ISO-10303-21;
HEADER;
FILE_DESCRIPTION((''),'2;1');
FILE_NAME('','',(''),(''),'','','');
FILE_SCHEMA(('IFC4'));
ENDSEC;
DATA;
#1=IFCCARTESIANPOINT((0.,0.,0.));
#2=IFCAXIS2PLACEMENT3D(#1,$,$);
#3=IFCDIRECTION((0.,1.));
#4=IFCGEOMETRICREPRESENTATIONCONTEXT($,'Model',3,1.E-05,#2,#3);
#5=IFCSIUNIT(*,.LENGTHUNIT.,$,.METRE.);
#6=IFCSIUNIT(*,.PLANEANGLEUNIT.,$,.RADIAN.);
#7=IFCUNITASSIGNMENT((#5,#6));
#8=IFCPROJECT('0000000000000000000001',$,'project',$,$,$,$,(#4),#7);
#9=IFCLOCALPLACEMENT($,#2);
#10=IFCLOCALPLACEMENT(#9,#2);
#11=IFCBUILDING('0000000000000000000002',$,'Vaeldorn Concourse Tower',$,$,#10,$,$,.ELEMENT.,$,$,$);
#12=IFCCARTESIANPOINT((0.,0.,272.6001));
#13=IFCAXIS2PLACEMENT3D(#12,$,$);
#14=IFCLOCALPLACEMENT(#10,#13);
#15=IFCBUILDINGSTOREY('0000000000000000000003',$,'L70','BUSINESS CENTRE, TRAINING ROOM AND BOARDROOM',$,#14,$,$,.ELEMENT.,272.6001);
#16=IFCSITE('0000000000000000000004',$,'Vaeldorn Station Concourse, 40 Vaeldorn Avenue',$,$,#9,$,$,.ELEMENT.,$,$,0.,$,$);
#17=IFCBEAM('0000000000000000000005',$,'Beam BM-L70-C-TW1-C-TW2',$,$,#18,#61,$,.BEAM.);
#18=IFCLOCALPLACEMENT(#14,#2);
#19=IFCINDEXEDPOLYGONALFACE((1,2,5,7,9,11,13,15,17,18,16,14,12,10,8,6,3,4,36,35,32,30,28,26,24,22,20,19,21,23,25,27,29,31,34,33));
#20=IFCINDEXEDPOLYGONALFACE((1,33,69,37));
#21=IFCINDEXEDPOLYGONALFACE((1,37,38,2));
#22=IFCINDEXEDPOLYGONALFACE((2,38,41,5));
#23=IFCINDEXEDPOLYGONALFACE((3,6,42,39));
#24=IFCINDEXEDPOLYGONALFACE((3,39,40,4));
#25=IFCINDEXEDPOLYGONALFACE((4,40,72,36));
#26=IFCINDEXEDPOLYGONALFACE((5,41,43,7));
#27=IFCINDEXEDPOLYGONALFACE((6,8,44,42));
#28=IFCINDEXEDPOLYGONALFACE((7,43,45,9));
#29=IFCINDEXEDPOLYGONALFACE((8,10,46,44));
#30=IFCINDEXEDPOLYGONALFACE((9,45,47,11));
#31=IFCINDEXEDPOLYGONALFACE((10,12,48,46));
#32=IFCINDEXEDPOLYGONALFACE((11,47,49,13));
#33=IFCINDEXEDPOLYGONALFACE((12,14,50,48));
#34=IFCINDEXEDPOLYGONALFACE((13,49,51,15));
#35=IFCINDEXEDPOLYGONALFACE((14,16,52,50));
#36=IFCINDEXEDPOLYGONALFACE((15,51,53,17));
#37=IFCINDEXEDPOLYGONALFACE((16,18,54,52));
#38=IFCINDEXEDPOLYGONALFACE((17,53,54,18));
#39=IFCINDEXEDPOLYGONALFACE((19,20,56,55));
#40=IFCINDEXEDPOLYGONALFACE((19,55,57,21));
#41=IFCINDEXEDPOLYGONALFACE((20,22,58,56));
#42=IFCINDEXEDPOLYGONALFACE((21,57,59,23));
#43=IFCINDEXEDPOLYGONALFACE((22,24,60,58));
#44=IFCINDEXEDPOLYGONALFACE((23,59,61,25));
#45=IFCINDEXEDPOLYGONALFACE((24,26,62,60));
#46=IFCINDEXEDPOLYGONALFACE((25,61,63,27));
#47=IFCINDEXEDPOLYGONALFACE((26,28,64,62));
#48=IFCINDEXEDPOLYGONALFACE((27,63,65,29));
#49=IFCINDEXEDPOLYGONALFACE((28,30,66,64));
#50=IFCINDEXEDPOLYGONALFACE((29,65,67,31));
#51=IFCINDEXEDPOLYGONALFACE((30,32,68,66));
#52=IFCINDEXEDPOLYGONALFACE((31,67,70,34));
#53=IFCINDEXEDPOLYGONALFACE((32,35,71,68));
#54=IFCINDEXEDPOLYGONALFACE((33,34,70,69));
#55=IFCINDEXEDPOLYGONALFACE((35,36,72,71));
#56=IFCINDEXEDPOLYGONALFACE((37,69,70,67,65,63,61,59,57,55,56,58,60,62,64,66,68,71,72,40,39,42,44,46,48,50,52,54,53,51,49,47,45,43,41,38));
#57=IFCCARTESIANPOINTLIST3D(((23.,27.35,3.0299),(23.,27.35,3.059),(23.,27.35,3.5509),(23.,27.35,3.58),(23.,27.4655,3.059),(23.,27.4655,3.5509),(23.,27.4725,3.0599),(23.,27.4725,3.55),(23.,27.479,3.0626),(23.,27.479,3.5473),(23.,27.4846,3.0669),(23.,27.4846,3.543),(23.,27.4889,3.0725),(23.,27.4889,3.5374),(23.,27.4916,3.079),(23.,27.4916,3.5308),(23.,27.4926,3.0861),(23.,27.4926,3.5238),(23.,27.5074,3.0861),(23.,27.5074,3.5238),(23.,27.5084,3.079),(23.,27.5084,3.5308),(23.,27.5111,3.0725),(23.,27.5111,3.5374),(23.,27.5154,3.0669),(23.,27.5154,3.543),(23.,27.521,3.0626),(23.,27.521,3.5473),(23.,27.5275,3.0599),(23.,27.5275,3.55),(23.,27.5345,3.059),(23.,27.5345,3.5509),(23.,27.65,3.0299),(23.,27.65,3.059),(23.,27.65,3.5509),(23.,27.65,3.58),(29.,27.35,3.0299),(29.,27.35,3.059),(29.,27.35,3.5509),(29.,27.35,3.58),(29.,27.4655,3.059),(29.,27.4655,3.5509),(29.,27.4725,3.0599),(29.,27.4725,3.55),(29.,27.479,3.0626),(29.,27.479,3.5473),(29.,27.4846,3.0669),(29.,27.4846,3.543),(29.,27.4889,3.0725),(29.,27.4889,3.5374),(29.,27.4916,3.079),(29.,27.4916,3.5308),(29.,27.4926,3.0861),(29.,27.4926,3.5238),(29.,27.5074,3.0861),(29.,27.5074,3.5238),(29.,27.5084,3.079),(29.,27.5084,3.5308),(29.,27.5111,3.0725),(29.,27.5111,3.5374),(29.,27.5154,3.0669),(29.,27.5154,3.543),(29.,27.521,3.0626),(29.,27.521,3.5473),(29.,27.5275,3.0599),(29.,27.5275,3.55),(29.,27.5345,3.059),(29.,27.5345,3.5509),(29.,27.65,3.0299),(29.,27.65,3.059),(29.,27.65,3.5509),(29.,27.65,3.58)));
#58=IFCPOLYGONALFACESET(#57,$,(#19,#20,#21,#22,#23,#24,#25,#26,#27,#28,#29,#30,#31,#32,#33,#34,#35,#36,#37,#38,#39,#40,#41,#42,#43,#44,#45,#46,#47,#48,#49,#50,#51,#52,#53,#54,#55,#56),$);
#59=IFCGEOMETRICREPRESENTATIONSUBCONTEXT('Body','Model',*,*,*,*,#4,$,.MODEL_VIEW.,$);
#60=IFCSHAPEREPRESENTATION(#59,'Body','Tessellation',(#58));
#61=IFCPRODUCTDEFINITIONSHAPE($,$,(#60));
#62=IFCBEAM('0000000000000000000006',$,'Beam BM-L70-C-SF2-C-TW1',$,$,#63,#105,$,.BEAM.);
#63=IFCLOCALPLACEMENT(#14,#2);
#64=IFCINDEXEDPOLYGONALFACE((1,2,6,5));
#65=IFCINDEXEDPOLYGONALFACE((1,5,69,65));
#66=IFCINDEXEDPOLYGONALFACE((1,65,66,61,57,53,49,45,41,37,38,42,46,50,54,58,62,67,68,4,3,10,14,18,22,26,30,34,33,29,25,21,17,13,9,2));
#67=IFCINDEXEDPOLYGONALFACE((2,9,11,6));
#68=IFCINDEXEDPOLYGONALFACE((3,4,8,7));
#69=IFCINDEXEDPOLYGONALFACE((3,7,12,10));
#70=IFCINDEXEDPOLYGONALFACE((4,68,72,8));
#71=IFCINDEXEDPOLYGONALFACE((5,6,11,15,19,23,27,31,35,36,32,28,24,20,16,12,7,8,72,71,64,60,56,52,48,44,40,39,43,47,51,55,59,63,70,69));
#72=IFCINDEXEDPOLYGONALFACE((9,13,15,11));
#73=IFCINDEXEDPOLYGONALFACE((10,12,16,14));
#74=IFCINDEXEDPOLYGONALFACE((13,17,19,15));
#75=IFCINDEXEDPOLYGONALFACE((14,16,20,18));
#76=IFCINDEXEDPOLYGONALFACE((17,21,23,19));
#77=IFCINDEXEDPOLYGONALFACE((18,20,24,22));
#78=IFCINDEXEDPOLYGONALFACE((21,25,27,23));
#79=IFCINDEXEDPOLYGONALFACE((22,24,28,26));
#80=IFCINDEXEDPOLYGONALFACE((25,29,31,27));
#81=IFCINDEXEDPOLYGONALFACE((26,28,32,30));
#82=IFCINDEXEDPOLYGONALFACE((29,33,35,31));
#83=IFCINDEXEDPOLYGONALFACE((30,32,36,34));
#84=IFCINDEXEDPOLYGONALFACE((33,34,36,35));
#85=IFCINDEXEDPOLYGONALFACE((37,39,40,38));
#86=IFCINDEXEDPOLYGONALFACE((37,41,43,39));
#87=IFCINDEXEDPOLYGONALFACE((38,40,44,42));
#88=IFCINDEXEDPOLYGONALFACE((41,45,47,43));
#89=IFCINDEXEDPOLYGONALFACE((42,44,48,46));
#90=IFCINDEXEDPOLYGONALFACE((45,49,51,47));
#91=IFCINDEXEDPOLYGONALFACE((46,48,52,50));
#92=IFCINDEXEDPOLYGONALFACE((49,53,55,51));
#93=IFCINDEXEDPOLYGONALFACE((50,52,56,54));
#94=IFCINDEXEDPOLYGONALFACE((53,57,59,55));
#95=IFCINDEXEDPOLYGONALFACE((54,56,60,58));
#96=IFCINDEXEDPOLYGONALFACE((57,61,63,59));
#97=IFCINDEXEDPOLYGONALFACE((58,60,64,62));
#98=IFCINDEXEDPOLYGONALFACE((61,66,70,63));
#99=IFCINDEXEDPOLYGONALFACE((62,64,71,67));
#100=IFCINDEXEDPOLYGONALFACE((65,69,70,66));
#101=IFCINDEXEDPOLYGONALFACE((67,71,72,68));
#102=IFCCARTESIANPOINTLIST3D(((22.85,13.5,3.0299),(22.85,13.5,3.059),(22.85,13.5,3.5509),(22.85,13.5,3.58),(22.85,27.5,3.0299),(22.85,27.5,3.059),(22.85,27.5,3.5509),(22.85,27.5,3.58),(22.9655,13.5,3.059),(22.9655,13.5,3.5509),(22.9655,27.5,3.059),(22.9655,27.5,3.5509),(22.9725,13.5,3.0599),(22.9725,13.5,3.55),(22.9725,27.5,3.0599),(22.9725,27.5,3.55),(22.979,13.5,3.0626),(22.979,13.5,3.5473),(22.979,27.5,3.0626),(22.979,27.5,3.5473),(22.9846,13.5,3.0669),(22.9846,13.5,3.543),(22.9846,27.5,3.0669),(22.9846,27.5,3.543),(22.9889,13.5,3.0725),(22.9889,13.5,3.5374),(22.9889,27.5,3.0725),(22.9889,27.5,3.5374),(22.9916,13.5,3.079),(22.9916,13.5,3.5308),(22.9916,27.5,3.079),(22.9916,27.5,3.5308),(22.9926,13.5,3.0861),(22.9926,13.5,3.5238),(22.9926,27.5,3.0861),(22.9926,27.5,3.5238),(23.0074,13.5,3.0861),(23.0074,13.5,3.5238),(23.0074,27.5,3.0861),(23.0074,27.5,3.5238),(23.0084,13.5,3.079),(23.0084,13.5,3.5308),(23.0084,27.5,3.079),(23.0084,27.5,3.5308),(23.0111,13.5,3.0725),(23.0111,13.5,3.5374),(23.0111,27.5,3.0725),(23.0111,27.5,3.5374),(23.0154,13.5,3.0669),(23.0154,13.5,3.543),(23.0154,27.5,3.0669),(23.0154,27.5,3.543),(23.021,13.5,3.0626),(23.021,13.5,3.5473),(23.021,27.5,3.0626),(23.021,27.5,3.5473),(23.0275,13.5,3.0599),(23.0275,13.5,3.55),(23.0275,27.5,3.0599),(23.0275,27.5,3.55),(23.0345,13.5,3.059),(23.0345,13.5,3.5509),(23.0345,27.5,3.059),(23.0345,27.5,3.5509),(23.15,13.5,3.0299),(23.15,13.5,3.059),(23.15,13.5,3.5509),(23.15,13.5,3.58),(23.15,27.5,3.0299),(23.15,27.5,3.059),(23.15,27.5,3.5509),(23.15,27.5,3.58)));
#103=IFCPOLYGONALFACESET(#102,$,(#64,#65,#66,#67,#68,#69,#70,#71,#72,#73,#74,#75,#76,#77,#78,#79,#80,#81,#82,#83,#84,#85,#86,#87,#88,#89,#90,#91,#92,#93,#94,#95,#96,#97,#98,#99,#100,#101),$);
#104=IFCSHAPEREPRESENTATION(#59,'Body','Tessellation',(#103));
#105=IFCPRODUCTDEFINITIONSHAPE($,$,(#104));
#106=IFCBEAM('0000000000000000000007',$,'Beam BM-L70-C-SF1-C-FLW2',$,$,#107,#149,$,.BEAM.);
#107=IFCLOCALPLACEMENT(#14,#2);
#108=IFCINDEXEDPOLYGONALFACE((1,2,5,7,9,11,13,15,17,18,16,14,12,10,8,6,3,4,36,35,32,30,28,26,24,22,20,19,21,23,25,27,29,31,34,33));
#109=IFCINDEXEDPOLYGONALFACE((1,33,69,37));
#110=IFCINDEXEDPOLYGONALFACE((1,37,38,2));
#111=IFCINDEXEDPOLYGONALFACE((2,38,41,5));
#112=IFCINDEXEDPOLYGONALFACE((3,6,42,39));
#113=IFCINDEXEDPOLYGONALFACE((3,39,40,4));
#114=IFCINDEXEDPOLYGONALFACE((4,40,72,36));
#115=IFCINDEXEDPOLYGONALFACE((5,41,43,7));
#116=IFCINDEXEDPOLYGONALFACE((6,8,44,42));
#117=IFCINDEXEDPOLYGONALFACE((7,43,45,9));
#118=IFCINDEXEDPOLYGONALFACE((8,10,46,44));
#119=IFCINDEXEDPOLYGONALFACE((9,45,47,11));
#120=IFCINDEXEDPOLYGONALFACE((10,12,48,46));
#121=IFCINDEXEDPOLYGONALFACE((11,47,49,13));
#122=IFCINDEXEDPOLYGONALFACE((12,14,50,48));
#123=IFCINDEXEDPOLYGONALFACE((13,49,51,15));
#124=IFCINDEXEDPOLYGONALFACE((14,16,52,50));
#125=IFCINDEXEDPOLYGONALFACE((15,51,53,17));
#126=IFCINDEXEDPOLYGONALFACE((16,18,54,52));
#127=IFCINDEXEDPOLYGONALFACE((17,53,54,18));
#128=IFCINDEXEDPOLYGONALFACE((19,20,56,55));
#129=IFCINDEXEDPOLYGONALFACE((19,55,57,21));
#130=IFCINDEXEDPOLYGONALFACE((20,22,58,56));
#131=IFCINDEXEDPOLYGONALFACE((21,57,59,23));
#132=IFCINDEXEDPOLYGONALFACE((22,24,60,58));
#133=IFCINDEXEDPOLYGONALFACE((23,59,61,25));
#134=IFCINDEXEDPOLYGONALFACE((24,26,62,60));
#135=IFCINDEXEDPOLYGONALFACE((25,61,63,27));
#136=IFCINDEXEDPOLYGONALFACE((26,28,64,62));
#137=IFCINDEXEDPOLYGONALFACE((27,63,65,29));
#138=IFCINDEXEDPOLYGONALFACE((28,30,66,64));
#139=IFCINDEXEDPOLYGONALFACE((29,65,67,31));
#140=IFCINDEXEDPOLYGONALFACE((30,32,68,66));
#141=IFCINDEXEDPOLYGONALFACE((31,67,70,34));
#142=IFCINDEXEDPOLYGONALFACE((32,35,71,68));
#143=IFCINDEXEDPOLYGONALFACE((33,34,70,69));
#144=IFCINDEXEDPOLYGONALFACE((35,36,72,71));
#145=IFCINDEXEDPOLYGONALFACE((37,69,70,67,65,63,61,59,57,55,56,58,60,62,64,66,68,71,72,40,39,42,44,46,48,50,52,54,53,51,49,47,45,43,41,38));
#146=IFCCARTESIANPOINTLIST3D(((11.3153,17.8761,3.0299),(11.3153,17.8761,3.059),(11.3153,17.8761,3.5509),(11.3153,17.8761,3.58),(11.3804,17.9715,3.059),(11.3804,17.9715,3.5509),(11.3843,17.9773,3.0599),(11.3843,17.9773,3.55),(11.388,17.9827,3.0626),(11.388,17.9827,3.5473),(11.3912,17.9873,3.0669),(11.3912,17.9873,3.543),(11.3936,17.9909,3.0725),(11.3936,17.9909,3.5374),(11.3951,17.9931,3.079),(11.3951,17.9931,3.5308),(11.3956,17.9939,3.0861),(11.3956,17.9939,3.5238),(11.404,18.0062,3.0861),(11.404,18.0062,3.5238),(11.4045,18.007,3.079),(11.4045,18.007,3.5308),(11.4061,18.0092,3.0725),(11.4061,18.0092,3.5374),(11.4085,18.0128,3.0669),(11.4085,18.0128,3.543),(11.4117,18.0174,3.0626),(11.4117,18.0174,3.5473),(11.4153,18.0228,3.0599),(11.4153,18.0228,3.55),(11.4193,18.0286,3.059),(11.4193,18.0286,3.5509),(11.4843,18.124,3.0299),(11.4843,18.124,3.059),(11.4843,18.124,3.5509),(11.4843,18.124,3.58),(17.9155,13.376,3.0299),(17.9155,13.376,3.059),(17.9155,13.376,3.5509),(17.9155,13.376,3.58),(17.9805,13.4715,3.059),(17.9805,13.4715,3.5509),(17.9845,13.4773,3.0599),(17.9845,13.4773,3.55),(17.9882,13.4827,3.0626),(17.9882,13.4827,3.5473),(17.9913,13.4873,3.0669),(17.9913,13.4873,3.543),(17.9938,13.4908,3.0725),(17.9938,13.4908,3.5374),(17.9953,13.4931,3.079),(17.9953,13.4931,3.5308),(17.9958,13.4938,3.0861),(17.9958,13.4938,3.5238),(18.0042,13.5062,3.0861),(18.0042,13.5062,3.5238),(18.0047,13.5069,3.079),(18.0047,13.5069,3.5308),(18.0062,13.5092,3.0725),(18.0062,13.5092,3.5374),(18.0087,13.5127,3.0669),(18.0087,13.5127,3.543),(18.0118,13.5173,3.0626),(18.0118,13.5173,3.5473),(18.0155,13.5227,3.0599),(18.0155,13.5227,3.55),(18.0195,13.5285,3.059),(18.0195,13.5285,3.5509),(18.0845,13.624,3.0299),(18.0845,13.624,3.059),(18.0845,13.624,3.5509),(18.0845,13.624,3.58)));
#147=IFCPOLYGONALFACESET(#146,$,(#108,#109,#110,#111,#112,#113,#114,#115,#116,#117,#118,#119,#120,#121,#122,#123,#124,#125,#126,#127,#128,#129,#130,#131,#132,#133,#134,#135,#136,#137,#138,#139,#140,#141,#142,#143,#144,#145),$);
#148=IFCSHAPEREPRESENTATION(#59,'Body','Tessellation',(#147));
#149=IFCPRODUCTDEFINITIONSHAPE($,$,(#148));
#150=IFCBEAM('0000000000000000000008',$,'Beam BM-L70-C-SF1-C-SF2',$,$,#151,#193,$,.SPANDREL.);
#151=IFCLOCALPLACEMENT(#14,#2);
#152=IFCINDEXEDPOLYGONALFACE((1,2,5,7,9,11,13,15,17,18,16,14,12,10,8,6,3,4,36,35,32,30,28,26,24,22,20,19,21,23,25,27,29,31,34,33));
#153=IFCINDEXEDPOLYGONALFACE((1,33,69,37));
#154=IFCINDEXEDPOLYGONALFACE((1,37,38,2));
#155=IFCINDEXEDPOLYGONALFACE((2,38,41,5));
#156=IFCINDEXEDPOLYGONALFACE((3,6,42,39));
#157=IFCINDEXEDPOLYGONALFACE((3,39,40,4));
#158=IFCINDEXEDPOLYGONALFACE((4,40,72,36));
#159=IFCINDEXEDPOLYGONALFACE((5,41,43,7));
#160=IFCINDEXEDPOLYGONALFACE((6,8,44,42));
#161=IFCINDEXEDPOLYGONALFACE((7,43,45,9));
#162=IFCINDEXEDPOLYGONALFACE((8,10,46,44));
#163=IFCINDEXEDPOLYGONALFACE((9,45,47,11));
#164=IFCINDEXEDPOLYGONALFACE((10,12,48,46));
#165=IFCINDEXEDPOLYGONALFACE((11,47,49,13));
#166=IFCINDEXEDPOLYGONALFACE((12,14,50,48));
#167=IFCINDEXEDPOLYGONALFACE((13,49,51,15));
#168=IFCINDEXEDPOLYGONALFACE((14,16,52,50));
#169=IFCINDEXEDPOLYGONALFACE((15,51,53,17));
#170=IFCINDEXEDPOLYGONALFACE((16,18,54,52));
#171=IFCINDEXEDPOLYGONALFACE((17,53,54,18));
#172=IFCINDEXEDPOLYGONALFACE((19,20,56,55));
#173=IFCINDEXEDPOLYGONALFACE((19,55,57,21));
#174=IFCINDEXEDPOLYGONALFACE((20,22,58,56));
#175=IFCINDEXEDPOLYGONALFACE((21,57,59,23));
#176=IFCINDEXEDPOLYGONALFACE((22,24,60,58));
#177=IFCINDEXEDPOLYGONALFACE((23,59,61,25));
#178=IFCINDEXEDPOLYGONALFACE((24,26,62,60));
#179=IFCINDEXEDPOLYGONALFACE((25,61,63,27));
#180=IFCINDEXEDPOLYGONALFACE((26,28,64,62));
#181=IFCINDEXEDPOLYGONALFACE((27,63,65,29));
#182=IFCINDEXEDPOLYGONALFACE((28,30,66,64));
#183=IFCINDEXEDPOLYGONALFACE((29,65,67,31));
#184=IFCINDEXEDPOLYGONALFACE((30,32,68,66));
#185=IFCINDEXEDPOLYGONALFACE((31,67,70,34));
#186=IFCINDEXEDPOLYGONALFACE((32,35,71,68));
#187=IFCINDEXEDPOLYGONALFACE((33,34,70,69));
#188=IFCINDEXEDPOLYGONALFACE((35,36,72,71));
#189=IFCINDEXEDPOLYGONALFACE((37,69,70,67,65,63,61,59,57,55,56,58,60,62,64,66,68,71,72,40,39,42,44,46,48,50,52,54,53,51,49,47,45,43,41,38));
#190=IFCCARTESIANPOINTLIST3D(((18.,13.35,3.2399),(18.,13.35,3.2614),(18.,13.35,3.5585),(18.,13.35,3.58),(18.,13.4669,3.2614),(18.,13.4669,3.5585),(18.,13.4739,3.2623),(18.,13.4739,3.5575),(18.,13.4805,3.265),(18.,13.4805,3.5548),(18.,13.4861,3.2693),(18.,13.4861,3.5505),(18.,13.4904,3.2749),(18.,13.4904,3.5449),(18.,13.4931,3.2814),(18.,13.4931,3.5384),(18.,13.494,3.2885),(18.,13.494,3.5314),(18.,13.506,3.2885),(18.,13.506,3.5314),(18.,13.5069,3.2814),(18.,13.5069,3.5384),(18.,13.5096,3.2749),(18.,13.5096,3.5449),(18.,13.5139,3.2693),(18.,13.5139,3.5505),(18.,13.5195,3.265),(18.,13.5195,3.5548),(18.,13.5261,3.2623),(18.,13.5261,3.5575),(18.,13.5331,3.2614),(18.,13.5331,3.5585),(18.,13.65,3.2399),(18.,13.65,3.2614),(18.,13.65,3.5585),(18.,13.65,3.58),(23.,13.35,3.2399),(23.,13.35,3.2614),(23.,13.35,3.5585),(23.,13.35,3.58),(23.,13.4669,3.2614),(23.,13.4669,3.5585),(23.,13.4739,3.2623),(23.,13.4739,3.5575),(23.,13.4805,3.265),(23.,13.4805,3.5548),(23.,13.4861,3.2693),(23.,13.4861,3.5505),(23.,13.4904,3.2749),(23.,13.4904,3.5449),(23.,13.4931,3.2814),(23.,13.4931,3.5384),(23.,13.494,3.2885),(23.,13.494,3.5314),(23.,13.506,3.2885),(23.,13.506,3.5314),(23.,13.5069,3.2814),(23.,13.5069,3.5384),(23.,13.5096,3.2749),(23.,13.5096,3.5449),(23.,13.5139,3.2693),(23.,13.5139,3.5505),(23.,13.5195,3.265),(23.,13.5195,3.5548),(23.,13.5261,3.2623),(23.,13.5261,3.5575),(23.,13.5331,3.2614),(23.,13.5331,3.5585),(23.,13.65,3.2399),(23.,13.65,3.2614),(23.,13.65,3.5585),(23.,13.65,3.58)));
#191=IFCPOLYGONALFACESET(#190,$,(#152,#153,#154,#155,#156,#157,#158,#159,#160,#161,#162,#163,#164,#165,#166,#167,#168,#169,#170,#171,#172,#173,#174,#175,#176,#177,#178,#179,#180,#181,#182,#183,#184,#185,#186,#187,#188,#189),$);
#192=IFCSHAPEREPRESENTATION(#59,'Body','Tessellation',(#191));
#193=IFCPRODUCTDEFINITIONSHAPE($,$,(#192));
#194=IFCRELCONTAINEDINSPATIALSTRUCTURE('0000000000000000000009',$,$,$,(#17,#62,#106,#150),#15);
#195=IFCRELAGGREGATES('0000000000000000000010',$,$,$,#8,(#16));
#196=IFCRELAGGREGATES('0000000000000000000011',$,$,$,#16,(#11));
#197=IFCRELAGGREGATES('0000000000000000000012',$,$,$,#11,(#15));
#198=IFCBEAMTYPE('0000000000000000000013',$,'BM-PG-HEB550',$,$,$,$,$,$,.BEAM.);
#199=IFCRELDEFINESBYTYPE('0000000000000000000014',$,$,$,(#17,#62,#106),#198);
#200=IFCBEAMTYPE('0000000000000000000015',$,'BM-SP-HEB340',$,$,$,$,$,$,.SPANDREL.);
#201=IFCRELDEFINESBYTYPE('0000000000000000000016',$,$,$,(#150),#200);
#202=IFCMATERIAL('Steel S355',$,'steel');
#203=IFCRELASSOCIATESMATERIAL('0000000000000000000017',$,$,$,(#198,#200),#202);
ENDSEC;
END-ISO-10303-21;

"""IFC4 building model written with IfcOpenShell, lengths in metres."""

from ifc_helpers import new_model, si_unit, direction, frame, origin, origin_2d, place, context, subcontext, project, spatial, i_section, extrude, source, transform, mapped, material, material_profile, profile_set, type_object, element, save


model = new_model("IFC4")

# Units and contexts
model_context = context("Model", 3, precision=1e-05, world=origin(), true_north=direction((0.0, 1.0)))
body_context = subcontext(model_context, "Body", "Model", "MODEL_VIEW")
ifc_project = project(units=[si_unit("LENGTHUNIT", "METRE"), si_unit("PLANEANGLEUNIT", "RADIAN")], contexts=[model_context])

# Site, building, storey
site_placement = place(None, origin())
site = spatial("IfcSite", under=ifc_project, at=site_placement, Name="Vaeldorn Station Concourse, 40 Vaeldorn Avenue", CompositionType="ELEMENT", RefElevation=0.0)
building_placement = place(site_placement, origin())
building = spatial("IfcBuilding", under=site, at=building_placement, Name="Vaeldorn Concourse Tower", CompositionType="ELEMENT")
storey_placement = place(building_placement, frame((0.0, 0.0, 272.6001)))
storey = spatial("IfcBuildingStorey", under=building, at=storey_placement, Name="L70", Description="BUSINESS CENTRE, TRAINING ROOM AND BOARDROOM", CompositionType="ELEMENT", Elevation=272.6001)

# Shared definitions
ifc_material_1 = material(Name="Steel S355", Category="steel")

# Beams
ifc_material_profile_1 = material_profile(ifc_material_1, i_section(OverallWidth=0.3, OverallDepth=0.55, WebThickness=0.0149, FlangeThickness=0.0291, FilletRadius=0.0271, at=origin_2d()), Name="HEB 550")
ifc_profile_set_1 = profile_set([ifc_material_profile_1], Name="Steel S355")
beam_type_1 = type_object("IfcBeamType", Name="BM-PG-HEB550", PredefinedType="BEAM", material=ifc_profile_set_1)
shared_shape_1 = source(origin(), body_context, "Body", "SweptSolid", [
    extrude(i_section(OverallWidth=0.3, OverallDepth=0.55, WebThickness=0.0149, FlangeThickness=0.0291, FilletRadius=0.0271, at=origin_2d()), origin(), (0.0, 0.0, 1.0), 6.0),
])
beam_1_placement = place(storey_placement, frame((23.0, 27.5, 3.3049), z_axis=(1.0, 0.0, 0.0), x_axis=(0.0, 1.0, 0.0)))
element("IfcBeam", 1, at=beam_1_placement, inside=storey, type_object=beam_type_1, Name="Beam BM-L70-C-TW1-C-TW2", PredefinedType="BEAM", context=body_context, shape_type="MappedRepresentation", body=[
    mapped(shared_shape_1, transform((0.0, 0.0, 0.0), scale=1.0)),
])
shared_shape_2 = source(origin(), body_context, "Body", "SweptSolid", [
    extrude(i_section(OverallWidth=0.3, OverallDepth=0.55, WebThickness=0.0149, FlangeThickness=0.0291, FilletRadius=0.0271, at=origin_2d()), origin(), (0.0, 0.0, 1.0), 14.0),
])
beam_2_placement = place(storey_placement, frame((23.0, 13.5, 3.3049), z_axis=(0.0, 1.0, 0.0), x_axis=(-1.0, 0.0, 0.0)))
element("IfcBeam", 2, at=beam_2_placement, inside=storey, type_object=beam_type_1, Name="Beam BM-L70-C-SF2-C-TW1", PredefinedType="BEAM", context=body_context, shape_type="MappedRepresentation", body=[
    mapped(shared_shape_2, transform((0.0, 0.0, 0.0), scale=1.0)),
])
shared_shape_3 = source(origin(), body_context, "Body", "SweptSolid", [
    extrude(i_section(OverallWidth=0.3, OverallDepth=0.55, WebThickness=0.0149, FlangeThickness=0.0291, FilletRadius=0.0271, at=origin_2d()), origin(), (0.0, 0.0, 1.0), 7.9883),
])
beam_3_placement = place(storey_placement, frame((18.0, 13.5, 3.3049), z_axis=(-0.826231, 0.563331, 0.0), x_axis=(-0.563331, -0.826231, 0.0)))
element("IfcBeam", 3, at=beam_3_placement, inside=storey, type_object=beam_type_1, Name="Beam BM-L70-C-SF1-C-FLW2", PredefinedType="BEAM", context=body_context, shape_type="MappedRepresentation", body=[
    mapped(shared_shape_3, transform((0.0, 0.0, 0.0), scale=1.0)),
])
ifc_material_profile_2 = material_profile(ifc_material_1, i_section(OverallWidth=0.3, OverallDepth=0.3401, WebThickness=0.012, FlangeThickness=0.0215, FilletRadius=0.0271, at=origin_2d()), Name="HEB 340")
ifc_profile_set_2 = profile_set([ifc_material_profile_2], Name="Steel S355")
beam_type_2 = type_object("IfcBeamType", Name="BM-SP-HEB340", PredefinedType="SPANDREL", material=ifc_profile_set_2)
shared_shape_4 = source(origin(), body_context, "Body", "SweptSolid", [
    extrude(i_section(OverallWidth=0.3, OverallDepth=0.3401, WebThickness=0.012, FlangeThickness=0.0215, FilletRadius=0.0271, at=origin_2d()), origin(), (0.0, 0.0, 1.0), 5.0),
])
beam_4_placement = place(storey_placement, frame((18.0, 13.5, 3.4099), z_axis=(1.0, 0.0, 0.0), x_axis=(0.0, 1.0, 0.0)))
element("IfcBeam", 4, at=beam_4_placement, inside=storey, type_object=beam_type_2, Name="Beam BM-L70-C-SF1-C-SF2", PredefinedType="SPANDREL", context=body_context, shape_type="MappedRepresentation", body=[
    mapped(shared_shape_4, transform((0.0, 0.0, 0.0), scale=1.0)),
])

save(model, "model.ifc")
